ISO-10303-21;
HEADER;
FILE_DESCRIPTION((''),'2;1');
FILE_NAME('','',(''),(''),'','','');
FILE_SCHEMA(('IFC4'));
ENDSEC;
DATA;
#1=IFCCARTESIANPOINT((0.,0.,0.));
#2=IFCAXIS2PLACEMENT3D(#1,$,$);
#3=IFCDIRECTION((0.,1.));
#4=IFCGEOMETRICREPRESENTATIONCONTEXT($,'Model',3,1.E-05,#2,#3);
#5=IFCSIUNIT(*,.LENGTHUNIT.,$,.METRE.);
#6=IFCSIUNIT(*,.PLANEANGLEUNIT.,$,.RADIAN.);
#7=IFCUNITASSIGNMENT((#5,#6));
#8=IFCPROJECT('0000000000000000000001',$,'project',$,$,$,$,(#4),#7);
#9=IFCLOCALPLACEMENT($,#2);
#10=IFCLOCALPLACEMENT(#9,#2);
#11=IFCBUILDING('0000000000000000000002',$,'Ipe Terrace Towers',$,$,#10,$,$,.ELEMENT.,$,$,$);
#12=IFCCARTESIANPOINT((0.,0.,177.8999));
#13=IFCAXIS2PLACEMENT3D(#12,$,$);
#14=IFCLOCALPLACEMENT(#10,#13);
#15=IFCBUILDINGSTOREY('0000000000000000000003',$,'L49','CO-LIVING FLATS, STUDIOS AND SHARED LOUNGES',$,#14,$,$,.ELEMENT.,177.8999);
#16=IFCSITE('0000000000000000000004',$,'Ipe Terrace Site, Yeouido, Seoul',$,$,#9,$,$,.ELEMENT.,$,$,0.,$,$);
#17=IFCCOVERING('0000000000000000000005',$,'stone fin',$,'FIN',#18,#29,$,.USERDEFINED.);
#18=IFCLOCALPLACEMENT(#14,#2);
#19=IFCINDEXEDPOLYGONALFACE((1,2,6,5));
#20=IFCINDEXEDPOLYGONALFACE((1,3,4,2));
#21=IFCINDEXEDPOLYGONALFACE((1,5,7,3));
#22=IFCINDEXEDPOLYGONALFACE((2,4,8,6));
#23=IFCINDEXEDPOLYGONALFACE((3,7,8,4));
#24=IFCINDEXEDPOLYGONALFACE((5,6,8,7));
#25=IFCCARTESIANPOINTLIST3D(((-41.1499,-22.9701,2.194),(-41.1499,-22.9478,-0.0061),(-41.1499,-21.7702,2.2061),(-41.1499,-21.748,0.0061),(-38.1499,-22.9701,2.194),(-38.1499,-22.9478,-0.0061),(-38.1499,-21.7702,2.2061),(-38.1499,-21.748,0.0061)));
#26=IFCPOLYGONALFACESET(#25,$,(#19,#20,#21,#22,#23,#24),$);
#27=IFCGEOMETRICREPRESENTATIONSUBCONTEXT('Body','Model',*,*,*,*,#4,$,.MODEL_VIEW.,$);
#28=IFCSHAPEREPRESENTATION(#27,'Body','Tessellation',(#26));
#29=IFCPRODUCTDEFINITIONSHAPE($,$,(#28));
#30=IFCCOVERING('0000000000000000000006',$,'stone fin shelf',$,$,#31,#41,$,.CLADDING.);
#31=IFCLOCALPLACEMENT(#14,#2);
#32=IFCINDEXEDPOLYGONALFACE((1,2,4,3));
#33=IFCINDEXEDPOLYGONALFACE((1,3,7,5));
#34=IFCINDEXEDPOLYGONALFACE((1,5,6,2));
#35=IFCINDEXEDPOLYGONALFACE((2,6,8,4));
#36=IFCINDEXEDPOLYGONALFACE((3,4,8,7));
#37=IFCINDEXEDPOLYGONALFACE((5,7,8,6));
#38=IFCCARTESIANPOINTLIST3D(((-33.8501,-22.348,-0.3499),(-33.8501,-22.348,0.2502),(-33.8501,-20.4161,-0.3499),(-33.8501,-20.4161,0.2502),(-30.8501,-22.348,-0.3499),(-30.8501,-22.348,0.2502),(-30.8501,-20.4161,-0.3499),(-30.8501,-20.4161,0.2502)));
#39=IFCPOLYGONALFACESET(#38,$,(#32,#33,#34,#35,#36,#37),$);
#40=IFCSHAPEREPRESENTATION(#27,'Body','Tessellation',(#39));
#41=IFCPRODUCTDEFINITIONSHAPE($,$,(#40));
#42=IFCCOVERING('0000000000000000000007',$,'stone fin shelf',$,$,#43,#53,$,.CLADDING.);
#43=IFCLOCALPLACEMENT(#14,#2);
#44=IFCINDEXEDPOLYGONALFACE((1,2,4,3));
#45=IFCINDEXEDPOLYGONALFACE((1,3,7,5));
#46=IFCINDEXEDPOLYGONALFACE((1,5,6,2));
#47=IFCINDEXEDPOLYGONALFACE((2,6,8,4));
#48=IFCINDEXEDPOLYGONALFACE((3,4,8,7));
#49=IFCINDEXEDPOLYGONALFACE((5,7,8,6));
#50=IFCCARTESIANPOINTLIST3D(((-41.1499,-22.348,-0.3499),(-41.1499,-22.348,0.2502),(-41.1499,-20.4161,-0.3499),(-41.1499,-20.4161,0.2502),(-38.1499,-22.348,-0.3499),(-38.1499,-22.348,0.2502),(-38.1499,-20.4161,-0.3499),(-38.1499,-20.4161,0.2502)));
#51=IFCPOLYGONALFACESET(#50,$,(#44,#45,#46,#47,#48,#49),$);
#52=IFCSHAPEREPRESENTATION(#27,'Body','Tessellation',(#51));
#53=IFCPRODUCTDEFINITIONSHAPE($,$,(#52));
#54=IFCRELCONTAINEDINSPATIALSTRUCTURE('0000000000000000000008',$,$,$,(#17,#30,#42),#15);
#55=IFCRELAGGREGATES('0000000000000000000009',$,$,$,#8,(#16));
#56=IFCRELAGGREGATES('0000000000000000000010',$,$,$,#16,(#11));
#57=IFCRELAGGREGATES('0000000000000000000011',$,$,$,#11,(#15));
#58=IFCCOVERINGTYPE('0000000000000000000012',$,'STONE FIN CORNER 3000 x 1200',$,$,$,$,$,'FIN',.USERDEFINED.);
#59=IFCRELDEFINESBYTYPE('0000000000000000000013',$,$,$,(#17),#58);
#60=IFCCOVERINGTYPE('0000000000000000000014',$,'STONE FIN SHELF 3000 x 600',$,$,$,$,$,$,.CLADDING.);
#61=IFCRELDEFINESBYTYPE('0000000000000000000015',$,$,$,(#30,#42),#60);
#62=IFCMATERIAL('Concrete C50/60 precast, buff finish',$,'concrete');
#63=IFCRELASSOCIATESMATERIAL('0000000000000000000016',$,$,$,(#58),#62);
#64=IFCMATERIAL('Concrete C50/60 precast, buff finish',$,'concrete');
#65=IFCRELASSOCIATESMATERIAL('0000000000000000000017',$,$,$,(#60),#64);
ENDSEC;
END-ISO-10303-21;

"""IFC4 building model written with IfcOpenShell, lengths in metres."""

from ifc_helpers import new_model, si_unit, direction, frame, origin, origin_2d, place, context, subcontext, project, spatial, rectangle, extrude, material, material_profile, profile_set, type_object, element, save


model = new_model("IFC4")

# Units and contexts
model_context = context("Model", 3, precision=1e-05, world=origin(), true_north=direction((0.0, 1.0)))
body_context = subcontext(model_context, "Body", "Model", "MODEL_VIEW")
ifc_project = project(units=[si_unit("LENGTHUNIT", "METRE"), si_unit("PLANEANGLEUNIT", "RADIAN")], contexts=[model_context])

# Site, building, storey
site_placement = place(None, origin())
site = spatial("IfcSite", under=ifc_project, at=site_placement, Name="Ipe Terrace Site, Yeouido, Seoul", CompositionType="ELEMENT", RefElevation=0.0)
building_placement = place(site_placement, origin())
building = spatial("IfcBuilding", under=site, at=building_placement, Name="Ipe Terrace Towers", CompositionType="ELEMENT")
storey_placement = place(building_placement, frame((0.0, 0.0, 177.8999)))
storey = spatial("IfcBuildingStorey", under=building, at=storey_placement, Name="L49", Description="CO-LIVING FLATS, STUDIOS AND SHARED LOUNGES", CompositionType="ELEMENT", Elevation=177.8999)

# Coverings
ifc_material_1 = material(Name="Concrete C50/60 precast, buff finish", Category="concrete")
ifc_material_profile_1 = material_profile(ifc_material_1, rectangle(XDim=3.0, YDim=1.2, at=origin_2d()), Name="STONE FIN CORNER 3000 x 1200")
ifc_profile_set_1 = profile_set([ifc_material_profile_1], Name="Concrete C50/60 precast, buff finish")
covering_type_1 = type_object("IfcCoveringType", Name="STONE FIN CORNER 3000 x 1200", ElementType="FIN", PredefinedType="USERDEFINED", material=ifc_profile_set_1)
for number, where, z_axis, x_axis, name in (
    (1, (-39.6499, -22.3479, 0.0), (0.0, -0.010097, 0.999949), (1.0, 0.0, 0.0), "stone fin"),
):
    element("IfcCovering", number, at=place(storey_placement, frame(where, z_axis=z_axis, x_axis=x_axis)), inside=storey, type_object=covering_type_1, Name=name, ObjectType="FIN", PredefinedType="USERDEFINED", context=body_context, shape_type="SweptSolid", body=[
        extrude(rectangle(XDim=3.0, YDim=1.2, at=origin_2d()), origin(), (0.0, 0.0, 1.0), 2.2002),
    ])
ifc_material_2 = material(Name="Concrete C50/60 precast, buff finish", Category="concrete")
covering_type_2 = type_object("IfcCoveringType", Name="STONE FIN SHELF 3000 x 600", PredefinedType="CLADDING", material=ifc_material_2)
for number, where, z_axis, x_axis, name in (
    (2, (-32.3501, -21.3821, -0.3499), (0.0, 0.0, 1.0), (1.0, 0.0, 0.0), "stone fin shelf"),
    (3, (-39.6499, -21.3821, -0.3499), (0.0, 0.0, 1.0), (1.0, 0.0, 0.0), "stone fin shelf"),
):
    element("IfcCovering", number, at=place(storey_placement, frame(where, z_axis=z_axis, x_axis=x_axis)), inside=storey, type_object=covering_type_2, Name=name, PredefinedType="CLADDING", context=body_context, shape_type="SweptSolid", body=[
        extrude(rectangle(XDim=3.0, YDim=1.9319, at=origin_2d()), origin(), (0.0, 0.0, 1.0), 0.6001),
    ])

save(model, "model.ifc")
